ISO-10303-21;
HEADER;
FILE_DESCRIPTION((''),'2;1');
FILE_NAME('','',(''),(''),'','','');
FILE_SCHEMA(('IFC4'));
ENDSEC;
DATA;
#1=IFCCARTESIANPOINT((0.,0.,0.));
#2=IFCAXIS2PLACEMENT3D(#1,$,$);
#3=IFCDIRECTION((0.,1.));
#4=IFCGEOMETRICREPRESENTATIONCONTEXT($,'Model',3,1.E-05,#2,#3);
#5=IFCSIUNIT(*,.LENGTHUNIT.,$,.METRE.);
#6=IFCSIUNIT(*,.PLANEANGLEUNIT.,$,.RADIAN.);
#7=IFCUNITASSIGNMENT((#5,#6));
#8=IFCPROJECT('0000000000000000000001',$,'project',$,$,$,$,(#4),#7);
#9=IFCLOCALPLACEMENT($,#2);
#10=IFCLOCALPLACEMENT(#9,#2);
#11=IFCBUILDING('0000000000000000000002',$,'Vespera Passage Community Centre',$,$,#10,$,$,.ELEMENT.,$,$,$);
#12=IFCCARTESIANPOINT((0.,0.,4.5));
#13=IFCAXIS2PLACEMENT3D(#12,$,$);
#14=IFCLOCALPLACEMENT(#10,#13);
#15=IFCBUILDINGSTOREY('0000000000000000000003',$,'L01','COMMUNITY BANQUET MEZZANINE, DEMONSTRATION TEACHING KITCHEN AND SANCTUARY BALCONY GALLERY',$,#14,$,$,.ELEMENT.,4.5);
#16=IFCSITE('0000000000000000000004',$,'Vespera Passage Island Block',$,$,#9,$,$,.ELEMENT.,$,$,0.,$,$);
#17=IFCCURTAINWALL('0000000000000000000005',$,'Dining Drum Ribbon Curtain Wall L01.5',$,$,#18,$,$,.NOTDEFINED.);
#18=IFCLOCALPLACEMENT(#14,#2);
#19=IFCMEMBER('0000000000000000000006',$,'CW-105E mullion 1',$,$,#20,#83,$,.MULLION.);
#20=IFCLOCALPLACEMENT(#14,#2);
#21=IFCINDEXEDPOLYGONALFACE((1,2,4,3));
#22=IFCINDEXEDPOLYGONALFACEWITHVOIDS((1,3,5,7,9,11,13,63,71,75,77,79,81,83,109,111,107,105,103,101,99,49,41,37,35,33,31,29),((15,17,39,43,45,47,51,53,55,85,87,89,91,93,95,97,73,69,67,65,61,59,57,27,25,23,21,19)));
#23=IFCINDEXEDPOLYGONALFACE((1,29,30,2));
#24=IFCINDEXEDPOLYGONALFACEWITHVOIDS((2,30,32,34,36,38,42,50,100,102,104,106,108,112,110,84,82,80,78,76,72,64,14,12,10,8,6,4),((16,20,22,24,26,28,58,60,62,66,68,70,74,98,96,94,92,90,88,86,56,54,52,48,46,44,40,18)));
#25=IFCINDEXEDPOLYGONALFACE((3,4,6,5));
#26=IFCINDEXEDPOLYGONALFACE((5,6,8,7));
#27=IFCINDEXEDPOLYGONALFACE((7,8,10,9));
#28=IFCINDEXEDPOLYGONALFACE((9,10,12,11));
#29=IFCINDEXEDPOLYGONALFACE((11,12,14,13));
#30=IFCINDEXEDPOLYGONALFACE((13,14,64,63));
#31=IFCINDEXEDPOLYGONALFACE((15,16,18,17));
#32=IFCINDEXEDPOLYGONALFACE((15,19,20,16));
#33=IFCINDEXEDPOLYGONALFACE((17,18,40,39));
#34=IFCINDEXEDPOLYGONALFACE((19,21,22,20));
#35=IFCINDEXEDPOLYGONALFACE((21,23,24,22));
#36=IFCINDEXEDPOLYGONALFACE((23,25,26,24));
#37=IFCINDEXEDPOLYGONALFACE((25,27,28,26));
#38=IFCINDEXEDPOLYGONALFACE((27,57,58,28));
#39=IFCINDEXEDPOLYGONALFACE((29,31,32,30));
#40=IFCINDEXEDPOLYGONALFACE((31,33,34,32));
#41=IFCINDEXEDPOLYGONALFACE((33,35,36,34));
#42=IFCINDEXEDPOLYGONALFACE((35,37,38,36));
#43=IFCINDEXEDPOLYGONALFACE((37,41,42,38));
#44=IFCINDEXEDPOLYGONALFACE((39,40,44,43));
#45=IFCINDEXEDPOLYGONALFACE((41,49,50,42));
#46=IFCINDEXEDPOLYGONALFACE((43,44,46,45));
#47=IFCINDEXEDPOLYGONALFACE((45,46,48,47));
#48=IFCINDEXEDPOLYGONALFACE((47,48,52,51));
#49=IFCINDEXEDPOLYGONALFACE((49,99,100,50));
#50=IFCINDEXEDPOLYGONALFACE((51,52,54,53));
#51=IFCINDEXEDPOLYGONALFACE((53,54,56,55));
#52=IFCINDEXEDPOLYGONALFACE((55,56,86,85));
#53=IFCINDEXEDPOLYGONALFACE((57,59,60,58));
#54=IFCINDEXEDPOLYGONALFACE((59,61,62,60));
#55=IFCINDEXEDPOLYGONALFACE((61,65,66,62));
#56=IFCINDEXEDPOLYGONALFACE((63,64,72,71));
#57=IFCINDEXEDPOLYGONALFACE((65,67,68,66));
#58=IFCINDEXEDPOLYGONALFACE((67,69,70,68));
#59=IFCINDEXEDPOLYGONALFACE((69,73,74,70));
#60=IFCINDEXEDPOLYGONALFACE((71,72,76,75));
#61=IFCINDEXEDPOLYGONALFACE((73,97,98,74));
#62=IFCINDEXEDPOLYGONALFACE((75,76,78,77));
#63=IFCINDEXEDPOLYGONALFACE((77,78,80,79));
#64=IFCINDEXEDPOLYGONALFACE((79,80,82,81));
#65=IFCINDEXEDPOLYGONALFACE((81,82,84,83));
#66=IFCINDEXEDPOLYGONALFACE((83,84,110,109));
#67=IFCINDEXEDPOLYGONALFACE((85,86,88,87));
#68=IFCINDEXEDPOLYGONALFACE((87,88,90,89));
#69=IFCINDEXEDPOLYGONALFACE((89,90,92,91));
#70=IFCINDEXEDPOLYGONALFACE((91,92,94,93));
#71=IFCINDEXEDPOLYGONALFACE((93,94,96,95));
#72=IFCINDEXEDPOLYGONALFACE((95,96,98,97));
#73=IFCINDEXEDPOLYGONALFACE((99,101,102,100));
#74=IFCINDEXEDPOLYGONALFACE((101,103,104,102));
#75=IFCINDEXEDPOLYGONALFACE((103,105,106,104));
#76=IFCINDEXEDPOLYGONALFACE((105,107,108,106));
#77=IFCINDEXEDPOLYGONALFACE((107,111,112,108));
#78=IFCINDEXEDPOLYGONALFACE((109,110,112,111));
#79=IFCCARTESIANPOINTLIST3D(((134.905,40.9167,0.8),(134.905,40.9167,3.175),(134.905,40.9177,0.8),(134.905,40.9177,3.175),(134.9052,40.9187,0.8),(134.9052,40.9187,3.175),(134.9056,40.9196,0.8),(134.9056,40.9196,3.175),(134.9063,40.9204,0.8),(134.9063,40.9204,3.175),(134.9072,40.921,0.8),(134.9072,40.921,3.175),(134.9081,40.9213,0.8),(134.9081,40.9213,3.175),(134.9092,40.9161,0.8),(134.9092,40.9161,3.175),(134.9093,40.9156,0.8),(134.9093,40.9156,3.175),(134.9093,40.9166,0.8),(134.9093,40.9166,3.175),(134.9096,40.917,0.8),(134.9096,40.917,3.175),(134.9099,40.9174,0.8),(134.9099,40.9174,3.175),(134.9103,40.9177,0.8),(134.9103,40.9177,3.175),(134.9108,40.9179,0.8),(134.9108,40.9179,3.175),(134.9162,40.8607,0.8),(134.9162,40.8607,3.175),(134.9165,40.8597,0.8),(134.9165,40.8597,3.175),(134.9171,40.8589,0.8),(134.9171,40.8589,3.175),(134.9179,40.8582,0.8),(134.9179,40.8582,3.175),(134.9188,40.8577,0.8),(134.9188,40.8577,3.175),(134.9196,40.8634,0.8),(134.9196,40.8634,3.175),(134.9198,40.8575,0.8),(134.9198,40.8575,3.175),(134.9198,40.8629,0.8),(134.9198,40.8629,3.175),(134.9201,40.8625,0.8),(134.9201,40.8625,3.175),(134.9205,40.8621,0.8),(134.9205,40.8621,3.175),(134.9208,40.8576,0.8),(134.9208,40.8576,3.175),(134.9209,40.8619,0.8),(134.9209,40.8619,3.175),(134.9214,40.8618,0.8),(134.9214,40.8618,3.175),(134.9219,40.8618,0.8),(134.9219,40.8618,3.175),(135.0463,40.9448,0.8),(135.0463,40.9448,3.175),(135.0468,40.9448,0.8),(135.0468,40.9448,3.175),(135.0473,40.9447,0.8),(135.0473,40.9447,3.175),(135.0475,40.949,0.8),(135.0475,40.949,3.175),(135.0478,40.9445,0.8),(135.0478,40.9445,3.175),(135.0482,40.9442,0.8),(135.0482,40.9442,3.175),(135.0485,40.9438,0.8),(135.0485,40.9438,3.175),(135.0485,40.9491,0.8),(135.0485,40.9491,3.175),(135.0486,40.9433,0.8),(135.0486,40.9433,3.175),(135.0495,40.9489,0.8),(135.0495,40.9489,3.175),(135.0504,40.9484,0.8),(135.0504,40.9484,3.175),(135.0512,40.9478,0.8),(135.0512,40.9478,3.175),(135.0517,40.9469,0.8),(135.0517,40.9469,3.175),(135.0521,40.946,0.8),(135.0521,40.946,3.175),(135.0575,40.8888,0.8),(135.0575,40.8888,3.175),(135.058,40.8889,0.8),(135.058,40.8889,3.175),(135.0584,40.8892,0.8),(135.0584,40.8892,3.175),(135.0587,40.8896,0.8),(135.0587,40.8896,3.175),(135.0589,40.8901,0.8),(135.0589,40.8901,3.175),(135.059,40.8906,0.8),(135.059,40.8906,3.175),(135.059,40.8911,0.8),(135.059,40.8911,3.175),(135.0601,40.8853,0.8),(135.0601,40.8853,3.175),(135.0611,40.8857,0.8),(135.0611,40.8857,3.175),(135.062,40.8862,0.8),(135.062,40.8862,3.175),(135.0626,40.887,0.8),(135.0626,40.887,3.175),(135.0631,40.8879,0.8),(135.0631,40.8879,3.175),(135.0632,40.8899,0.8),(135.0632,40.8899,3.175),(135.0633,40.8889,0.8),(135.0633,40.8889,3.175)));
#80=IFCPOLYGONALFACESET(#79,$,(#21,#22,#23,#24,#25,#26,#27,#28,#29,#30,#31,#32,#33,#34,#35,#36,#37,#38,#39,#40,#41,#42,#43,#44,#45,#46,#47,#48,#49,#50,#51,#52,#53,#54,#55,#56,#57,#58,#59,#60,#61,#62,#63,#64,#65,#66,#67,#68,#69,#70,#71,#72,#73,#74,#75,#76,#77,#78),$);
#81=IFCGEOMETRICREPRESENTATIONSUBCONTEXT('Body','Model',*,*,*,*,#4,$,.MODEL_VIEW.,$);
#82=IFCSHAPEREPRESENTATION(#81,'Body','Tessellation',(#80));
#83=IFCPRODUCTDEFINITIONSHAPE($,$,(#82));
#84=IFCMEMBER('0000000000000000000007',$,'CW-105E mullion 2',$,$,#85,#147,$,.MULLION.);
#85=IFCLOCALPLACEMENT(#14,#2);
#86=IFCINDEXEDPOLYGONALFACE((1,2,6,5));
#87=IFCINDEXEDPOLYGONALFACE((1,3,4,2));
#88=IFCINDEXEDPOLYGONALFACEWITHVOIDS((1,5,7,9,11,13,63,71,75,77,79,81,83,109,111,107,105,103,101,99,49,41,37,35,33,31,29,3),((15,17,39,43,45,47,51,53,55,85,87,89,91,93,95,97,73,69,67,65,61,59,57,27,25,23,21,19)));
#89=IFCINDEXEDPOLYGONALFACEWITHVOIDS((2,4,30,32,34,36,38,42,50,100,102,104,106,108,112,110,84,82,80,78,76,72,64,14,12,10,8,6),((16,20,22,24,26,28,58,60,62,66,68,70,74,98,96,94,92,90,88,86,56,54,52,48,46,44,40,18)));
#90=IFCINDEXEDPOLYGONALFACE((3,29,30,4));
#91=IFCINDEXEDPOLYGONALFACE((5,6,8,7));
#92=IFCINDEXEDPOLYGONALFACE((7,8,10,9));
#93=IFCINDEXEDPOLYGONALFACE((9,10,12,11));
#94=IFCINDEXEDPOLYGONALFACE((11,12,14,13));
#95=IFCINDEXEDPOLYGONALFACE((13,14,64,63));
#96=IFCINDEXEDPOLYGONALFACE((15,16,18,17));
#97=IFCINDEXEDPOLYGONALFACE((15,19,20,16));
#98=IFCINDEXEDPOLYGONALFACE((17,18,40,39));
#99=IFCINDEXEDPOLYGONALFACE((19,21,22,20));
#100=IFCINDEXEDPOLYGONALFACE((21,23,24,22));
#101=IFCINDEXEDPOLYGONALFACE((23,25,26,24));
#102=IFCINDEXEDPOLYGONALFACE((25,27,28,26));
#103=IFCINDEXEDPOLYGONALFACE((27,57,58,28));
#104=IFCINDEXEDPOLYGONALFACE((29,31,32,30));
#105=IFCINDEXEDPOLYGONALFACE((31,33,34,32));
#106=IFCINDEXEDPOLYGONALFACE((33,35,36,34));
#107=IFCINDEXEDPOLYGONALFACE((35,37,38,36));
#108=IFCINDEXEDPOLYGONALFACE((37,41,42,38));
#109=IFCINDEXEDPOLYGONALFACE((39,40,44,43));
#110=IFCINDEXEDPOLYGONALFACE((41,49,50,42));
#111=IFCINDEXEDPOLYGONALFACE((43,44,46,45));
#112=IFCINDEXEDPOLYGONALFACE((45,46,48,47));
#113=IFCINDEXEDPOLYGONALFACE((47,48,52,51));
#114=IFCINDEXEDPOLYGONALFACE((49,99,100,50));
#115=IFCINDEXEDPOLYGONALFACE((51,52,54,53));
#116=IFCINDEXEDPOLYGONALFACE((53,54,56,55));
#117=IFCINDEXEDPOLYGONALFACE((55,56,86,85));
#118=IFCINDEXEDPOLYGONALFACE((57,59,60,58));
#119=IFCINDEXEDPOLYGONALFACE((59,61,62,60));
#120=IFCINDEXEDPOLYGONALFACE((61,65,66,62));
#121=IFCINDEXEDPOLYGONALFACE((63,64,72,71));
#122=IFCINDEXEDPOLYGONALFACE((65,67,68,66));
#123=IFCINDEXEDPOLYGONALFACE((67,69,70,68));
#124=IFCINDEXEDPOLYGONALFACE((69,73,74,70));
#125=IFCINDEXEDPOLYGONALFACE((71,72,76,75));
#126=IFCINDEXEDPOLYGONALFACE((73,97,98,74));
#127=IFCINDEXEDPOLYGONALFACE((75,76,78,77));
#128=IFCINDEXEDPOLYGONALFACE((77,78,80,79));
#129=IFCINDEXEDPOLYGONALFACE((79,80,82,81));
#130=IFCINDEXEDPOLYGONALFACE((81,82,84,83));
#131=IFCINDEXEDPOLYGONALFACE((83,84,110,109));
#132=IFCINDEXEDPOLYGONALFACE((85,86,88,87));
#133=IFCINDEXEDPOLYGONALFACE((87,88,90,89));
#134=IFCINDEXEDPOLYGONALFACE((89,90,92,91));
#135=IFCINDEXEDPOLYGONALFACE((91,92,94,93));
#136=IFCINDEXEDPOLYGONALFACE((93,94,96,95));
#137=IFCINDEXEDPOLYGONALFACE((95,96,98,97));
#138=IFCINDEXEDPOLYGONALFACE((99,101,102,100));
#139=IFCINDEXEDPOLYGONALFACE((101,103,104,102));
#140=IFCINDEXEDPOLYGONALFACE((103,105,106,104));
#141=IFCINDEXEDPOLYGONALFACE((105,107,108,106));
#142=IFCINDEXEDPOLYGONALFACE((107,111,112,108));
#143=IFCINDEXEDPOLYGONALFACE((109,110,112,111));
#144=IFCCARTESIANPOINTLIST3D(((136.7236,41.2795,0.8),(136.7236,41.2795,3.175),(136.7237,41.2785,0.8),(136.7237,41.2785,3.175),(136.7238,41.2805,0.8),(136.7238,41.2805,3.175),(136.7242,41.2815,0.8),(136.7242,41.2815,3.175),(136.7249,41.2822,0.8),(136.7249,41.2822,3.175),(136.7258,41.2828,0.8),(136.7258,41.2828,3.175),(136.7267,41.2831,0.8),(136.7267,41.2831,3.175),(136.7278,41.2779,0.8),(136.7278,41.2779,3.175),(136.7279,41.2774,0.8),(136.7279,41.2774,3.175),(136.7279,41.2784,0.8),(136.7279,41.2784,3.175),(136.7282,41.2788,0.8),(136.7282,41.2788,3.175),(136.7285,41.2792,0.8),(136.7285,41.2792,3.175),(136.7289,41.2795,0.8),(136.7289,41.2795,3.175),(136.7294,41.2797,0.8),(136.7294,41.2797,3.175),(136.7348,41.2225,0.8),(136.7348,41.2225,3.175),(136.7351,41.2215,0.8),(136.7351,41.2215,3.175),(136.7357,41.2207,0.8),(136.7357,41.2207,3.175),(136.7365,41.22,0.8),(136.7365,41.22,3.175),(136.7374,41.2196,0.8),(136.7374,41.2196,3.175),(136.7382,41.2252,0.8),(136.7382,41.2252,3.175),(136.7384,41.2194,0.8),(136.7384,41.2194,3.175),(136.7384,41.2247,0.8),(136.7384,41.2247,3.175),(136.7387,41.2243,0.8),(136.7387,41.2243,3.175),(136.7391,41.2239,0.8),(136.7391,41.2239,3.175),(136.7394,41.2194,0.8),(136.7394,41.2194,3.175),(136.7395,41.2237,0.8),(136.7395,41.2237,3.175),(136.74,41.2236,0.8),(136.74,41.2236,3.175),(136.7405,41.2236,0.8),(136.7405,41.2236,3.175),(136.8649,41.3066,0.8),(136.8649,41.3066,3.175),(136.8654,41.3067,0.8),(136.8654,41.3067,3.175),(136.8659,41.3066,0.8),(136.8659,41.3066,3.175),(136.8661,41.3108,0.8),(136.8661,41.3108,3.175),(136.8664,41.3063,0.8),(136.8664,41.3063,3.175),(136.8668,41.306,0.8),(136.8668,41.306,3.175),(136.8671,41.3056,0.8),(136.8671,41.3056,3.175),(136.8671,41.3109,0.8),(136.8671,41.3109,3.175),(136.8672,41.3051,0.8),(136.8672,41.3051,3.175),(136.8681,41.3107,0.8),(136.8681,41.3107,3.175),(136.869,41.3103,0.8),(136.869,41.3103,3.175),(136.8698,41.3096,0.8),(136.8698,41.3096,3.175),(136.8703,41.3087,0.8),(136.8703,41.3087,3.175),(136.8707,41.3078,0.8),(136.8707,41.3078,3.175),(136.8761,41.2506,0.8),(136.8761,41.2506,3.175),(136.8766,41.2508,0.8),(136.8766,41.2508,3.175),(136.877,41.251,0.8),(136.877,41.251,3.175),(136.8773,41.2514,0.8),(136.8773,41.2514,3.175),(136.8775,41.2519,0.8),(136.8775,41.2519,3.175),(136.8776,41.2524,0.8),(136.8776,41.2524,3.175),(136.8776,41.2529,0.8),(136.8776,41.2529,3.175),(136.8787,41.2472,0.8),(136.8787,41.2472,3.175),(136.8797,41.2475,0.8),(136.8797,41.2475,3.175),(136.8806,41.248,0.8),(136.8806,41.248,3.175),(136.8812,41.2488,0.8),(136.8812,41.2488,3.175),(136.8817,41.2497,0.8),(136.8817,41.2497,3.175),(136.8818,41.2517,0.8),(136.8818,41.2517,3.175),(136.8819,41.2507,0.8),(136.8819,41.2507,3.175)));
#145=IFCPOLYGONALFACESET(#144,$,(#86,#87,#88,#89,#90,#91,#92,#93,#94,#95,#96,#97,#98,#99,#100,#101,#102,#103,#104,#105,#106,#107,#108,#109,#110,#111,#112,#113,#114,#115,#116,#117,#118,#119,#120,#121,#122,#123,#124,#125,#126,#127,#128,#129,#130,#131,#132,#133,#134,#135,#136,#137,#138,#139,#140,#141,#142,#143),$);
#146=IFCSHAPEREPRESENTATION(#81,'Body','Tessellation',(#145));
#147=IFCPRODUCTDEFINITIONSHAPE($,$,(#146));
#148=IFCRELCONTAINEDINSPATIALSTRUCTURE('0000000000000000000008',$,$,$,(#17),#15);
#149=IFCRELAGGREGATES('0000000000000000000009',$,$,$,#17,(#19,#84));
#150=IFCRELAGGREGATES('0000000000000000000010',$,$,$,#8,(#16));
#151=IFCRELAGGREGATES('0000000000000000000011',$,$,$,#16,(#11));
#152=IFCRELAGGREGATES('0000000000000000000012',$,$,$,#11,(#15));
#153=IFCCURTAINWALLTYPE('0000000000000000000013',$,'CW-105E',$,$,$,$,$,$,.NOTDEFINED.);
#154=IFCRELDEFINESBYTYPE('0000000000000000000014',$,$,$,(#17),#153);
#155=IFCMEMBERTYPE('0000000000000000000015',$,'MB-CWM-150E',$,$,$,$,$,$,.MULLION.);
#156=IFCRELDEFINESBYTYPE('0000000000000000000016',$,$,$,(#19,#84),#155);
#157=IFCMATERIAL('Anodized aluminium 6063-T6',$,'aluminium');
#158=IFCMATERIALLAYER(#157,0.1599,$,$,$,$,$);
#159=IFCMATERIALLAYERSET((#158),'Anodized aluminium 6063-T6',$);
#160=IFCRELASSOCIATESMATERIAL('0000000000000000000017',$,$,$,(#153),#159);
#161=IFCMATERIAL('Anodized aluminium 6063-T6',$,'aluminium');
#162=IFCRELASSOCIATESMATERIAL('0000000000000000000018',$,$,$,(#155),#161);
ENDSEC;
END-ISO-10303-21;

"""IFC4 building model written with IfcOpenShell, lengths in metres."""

from ifc_helpers import new_model, si_unit, direction, frame, origin, origin_2d, place, context, subcontext, project, spatial, hollow_rectangle, extrude, material, layer, layer_set, material_profile, profile_set, type_object, element, aggregate, save


model = new_model("IFC4")

# Units and contexts
model_context = context("Model", 3, precision=1e-05, world=origin(), true_north=direction((0.0, 1.0)))
body_context = subcontext(model_context, "Body", "Model", "MODEL_VIEW")
ifc_project = project(units=[si_unit("LENGTHUNIT", "METRE"), si_unit("PLANEANGLEUNIT", "RADIAN")], contexts=[model_context])

# Site, building, storey
site_placement = place(None, origin())
site = spatial("IfcSite", under=ifc_project, at=site_placement, Name="Vespera Passage Island Block", CompositionType="ELEMENT", RefElevation=0.0)
building_placement = place(site_placement, origin())
building = spatial("IfcBuilding", under=site, at=building_placement, Name="Vespera Passage Community Centre", CompositionType="ELEMENT")
storey_placement = place(building_placement, frame((0.0, 0.0, 4.5)))
storey = spatial("IfcBuildingStorey", under=building, at=storey_placement, Name="L01", Description="COMMUNITY BANQUET MEZZANINE, DEMONSTRATION TEACHING KITCHEN AND SANCTUARY BALCONY GALLERY", CompositionType="ELEMENT", Elevation=4.5)

# Curtain wall, members
ifc_material_1 = material(Name="Anodized aluminium 6063-T6", Category="aluminium")
ifc_layer_1 = layer(ifc_material_1, 0.1599)
ifc_layer_set_1 = layer_set([ifc_layer_1], Name="Anodized aluminium 6063-T6")
curtain_wall_type_1 = type_object("IfcCurtainWallType", Name="CW-105E", PredefinedType="NOTDEFINED", material=ifc_layer_set_1)
ifc_material_2 = material(Name="Anodized aluminium 6063-T6", Category="aluminium")
ifc_material_profile_1 = material_profile(ifc_material_2, hollow_rectangle(XDim=0.0649, YDim=0.1499, WallThickness=0.0039, InnerFilletRadius=0.002, OuterFilletRadius=0.0039, at=origin_2d()), Name="ALU150X65X4")
ifc_profile_set_1 = profile_set([ifc_material_profile_1], Name="Anodized aluminium 6063-T6")
member_type_1 = type_object("IfcMemberType", Name="MB-CWM-150E", PredefinedType="MULLION", material=ifc_profile_set_1)
curtain_wall_1_placement = place(storey_placement, origin())
curtain_wall_1 = element("IfcCurtainWall", 1, at=curtain_wall_1_placement, inside=storey, type_object=curtain_wall_type_1, Name="Dining Drum Ribbon Curtain Wall L01.5", PredefinedType="NOTDEFINED")
member_1_placement = place(storey_placement, frame((134.9841, 40.9033, 0.8), z_axis=(0.0, 0.0, 1.0), x_axis=(-0.195097, 0.980784, 0.0)))
member_1 = element("IfcMember", 2, at=member_1_placement, type_object=member_type_1, Name="CW-105E mullion 1", PredefinedType="MULLION", context=body_context, shape_type="SweptSolid", body=[
    extrude(hollow_rectangle(XDim=0.0649, YDim=0.1499, WallThickness=0.0039, InnerFilletRadius=0.002, OuterFilletRadius=0.0039, at=origin_2d()), origin(), (0.0, 0.0, 1.0), 2.375),
])
member_2_placement = place(storey_placement, frame((136.8027, 41.2651, 0.8), z_axis=(0.0, 0.0, 1.0), x_axis=(-0.195097, 0.980784, 0.0)))
member_2 = element("IfcMember", 3, at=member_2_placement, type_object=member_type_1, Name="CW-105E mullion 2", PredefinedType="MULLION", context=body_context, shape_type="SweptSolid", body=[
    extrude(hollow_rectangle(XDim=0.0649, YDim=0.1499, WallThickness=0.0039, InnerFilletRadius=0.002, OuterFilletRadius=0.0039, at=origin_2d()), origin(), (0.0, 0.0, 1.0), 2.375),
])

aggregate(curtain_wall_1, [member_1, member_2])

save(model, "model.ifc")
